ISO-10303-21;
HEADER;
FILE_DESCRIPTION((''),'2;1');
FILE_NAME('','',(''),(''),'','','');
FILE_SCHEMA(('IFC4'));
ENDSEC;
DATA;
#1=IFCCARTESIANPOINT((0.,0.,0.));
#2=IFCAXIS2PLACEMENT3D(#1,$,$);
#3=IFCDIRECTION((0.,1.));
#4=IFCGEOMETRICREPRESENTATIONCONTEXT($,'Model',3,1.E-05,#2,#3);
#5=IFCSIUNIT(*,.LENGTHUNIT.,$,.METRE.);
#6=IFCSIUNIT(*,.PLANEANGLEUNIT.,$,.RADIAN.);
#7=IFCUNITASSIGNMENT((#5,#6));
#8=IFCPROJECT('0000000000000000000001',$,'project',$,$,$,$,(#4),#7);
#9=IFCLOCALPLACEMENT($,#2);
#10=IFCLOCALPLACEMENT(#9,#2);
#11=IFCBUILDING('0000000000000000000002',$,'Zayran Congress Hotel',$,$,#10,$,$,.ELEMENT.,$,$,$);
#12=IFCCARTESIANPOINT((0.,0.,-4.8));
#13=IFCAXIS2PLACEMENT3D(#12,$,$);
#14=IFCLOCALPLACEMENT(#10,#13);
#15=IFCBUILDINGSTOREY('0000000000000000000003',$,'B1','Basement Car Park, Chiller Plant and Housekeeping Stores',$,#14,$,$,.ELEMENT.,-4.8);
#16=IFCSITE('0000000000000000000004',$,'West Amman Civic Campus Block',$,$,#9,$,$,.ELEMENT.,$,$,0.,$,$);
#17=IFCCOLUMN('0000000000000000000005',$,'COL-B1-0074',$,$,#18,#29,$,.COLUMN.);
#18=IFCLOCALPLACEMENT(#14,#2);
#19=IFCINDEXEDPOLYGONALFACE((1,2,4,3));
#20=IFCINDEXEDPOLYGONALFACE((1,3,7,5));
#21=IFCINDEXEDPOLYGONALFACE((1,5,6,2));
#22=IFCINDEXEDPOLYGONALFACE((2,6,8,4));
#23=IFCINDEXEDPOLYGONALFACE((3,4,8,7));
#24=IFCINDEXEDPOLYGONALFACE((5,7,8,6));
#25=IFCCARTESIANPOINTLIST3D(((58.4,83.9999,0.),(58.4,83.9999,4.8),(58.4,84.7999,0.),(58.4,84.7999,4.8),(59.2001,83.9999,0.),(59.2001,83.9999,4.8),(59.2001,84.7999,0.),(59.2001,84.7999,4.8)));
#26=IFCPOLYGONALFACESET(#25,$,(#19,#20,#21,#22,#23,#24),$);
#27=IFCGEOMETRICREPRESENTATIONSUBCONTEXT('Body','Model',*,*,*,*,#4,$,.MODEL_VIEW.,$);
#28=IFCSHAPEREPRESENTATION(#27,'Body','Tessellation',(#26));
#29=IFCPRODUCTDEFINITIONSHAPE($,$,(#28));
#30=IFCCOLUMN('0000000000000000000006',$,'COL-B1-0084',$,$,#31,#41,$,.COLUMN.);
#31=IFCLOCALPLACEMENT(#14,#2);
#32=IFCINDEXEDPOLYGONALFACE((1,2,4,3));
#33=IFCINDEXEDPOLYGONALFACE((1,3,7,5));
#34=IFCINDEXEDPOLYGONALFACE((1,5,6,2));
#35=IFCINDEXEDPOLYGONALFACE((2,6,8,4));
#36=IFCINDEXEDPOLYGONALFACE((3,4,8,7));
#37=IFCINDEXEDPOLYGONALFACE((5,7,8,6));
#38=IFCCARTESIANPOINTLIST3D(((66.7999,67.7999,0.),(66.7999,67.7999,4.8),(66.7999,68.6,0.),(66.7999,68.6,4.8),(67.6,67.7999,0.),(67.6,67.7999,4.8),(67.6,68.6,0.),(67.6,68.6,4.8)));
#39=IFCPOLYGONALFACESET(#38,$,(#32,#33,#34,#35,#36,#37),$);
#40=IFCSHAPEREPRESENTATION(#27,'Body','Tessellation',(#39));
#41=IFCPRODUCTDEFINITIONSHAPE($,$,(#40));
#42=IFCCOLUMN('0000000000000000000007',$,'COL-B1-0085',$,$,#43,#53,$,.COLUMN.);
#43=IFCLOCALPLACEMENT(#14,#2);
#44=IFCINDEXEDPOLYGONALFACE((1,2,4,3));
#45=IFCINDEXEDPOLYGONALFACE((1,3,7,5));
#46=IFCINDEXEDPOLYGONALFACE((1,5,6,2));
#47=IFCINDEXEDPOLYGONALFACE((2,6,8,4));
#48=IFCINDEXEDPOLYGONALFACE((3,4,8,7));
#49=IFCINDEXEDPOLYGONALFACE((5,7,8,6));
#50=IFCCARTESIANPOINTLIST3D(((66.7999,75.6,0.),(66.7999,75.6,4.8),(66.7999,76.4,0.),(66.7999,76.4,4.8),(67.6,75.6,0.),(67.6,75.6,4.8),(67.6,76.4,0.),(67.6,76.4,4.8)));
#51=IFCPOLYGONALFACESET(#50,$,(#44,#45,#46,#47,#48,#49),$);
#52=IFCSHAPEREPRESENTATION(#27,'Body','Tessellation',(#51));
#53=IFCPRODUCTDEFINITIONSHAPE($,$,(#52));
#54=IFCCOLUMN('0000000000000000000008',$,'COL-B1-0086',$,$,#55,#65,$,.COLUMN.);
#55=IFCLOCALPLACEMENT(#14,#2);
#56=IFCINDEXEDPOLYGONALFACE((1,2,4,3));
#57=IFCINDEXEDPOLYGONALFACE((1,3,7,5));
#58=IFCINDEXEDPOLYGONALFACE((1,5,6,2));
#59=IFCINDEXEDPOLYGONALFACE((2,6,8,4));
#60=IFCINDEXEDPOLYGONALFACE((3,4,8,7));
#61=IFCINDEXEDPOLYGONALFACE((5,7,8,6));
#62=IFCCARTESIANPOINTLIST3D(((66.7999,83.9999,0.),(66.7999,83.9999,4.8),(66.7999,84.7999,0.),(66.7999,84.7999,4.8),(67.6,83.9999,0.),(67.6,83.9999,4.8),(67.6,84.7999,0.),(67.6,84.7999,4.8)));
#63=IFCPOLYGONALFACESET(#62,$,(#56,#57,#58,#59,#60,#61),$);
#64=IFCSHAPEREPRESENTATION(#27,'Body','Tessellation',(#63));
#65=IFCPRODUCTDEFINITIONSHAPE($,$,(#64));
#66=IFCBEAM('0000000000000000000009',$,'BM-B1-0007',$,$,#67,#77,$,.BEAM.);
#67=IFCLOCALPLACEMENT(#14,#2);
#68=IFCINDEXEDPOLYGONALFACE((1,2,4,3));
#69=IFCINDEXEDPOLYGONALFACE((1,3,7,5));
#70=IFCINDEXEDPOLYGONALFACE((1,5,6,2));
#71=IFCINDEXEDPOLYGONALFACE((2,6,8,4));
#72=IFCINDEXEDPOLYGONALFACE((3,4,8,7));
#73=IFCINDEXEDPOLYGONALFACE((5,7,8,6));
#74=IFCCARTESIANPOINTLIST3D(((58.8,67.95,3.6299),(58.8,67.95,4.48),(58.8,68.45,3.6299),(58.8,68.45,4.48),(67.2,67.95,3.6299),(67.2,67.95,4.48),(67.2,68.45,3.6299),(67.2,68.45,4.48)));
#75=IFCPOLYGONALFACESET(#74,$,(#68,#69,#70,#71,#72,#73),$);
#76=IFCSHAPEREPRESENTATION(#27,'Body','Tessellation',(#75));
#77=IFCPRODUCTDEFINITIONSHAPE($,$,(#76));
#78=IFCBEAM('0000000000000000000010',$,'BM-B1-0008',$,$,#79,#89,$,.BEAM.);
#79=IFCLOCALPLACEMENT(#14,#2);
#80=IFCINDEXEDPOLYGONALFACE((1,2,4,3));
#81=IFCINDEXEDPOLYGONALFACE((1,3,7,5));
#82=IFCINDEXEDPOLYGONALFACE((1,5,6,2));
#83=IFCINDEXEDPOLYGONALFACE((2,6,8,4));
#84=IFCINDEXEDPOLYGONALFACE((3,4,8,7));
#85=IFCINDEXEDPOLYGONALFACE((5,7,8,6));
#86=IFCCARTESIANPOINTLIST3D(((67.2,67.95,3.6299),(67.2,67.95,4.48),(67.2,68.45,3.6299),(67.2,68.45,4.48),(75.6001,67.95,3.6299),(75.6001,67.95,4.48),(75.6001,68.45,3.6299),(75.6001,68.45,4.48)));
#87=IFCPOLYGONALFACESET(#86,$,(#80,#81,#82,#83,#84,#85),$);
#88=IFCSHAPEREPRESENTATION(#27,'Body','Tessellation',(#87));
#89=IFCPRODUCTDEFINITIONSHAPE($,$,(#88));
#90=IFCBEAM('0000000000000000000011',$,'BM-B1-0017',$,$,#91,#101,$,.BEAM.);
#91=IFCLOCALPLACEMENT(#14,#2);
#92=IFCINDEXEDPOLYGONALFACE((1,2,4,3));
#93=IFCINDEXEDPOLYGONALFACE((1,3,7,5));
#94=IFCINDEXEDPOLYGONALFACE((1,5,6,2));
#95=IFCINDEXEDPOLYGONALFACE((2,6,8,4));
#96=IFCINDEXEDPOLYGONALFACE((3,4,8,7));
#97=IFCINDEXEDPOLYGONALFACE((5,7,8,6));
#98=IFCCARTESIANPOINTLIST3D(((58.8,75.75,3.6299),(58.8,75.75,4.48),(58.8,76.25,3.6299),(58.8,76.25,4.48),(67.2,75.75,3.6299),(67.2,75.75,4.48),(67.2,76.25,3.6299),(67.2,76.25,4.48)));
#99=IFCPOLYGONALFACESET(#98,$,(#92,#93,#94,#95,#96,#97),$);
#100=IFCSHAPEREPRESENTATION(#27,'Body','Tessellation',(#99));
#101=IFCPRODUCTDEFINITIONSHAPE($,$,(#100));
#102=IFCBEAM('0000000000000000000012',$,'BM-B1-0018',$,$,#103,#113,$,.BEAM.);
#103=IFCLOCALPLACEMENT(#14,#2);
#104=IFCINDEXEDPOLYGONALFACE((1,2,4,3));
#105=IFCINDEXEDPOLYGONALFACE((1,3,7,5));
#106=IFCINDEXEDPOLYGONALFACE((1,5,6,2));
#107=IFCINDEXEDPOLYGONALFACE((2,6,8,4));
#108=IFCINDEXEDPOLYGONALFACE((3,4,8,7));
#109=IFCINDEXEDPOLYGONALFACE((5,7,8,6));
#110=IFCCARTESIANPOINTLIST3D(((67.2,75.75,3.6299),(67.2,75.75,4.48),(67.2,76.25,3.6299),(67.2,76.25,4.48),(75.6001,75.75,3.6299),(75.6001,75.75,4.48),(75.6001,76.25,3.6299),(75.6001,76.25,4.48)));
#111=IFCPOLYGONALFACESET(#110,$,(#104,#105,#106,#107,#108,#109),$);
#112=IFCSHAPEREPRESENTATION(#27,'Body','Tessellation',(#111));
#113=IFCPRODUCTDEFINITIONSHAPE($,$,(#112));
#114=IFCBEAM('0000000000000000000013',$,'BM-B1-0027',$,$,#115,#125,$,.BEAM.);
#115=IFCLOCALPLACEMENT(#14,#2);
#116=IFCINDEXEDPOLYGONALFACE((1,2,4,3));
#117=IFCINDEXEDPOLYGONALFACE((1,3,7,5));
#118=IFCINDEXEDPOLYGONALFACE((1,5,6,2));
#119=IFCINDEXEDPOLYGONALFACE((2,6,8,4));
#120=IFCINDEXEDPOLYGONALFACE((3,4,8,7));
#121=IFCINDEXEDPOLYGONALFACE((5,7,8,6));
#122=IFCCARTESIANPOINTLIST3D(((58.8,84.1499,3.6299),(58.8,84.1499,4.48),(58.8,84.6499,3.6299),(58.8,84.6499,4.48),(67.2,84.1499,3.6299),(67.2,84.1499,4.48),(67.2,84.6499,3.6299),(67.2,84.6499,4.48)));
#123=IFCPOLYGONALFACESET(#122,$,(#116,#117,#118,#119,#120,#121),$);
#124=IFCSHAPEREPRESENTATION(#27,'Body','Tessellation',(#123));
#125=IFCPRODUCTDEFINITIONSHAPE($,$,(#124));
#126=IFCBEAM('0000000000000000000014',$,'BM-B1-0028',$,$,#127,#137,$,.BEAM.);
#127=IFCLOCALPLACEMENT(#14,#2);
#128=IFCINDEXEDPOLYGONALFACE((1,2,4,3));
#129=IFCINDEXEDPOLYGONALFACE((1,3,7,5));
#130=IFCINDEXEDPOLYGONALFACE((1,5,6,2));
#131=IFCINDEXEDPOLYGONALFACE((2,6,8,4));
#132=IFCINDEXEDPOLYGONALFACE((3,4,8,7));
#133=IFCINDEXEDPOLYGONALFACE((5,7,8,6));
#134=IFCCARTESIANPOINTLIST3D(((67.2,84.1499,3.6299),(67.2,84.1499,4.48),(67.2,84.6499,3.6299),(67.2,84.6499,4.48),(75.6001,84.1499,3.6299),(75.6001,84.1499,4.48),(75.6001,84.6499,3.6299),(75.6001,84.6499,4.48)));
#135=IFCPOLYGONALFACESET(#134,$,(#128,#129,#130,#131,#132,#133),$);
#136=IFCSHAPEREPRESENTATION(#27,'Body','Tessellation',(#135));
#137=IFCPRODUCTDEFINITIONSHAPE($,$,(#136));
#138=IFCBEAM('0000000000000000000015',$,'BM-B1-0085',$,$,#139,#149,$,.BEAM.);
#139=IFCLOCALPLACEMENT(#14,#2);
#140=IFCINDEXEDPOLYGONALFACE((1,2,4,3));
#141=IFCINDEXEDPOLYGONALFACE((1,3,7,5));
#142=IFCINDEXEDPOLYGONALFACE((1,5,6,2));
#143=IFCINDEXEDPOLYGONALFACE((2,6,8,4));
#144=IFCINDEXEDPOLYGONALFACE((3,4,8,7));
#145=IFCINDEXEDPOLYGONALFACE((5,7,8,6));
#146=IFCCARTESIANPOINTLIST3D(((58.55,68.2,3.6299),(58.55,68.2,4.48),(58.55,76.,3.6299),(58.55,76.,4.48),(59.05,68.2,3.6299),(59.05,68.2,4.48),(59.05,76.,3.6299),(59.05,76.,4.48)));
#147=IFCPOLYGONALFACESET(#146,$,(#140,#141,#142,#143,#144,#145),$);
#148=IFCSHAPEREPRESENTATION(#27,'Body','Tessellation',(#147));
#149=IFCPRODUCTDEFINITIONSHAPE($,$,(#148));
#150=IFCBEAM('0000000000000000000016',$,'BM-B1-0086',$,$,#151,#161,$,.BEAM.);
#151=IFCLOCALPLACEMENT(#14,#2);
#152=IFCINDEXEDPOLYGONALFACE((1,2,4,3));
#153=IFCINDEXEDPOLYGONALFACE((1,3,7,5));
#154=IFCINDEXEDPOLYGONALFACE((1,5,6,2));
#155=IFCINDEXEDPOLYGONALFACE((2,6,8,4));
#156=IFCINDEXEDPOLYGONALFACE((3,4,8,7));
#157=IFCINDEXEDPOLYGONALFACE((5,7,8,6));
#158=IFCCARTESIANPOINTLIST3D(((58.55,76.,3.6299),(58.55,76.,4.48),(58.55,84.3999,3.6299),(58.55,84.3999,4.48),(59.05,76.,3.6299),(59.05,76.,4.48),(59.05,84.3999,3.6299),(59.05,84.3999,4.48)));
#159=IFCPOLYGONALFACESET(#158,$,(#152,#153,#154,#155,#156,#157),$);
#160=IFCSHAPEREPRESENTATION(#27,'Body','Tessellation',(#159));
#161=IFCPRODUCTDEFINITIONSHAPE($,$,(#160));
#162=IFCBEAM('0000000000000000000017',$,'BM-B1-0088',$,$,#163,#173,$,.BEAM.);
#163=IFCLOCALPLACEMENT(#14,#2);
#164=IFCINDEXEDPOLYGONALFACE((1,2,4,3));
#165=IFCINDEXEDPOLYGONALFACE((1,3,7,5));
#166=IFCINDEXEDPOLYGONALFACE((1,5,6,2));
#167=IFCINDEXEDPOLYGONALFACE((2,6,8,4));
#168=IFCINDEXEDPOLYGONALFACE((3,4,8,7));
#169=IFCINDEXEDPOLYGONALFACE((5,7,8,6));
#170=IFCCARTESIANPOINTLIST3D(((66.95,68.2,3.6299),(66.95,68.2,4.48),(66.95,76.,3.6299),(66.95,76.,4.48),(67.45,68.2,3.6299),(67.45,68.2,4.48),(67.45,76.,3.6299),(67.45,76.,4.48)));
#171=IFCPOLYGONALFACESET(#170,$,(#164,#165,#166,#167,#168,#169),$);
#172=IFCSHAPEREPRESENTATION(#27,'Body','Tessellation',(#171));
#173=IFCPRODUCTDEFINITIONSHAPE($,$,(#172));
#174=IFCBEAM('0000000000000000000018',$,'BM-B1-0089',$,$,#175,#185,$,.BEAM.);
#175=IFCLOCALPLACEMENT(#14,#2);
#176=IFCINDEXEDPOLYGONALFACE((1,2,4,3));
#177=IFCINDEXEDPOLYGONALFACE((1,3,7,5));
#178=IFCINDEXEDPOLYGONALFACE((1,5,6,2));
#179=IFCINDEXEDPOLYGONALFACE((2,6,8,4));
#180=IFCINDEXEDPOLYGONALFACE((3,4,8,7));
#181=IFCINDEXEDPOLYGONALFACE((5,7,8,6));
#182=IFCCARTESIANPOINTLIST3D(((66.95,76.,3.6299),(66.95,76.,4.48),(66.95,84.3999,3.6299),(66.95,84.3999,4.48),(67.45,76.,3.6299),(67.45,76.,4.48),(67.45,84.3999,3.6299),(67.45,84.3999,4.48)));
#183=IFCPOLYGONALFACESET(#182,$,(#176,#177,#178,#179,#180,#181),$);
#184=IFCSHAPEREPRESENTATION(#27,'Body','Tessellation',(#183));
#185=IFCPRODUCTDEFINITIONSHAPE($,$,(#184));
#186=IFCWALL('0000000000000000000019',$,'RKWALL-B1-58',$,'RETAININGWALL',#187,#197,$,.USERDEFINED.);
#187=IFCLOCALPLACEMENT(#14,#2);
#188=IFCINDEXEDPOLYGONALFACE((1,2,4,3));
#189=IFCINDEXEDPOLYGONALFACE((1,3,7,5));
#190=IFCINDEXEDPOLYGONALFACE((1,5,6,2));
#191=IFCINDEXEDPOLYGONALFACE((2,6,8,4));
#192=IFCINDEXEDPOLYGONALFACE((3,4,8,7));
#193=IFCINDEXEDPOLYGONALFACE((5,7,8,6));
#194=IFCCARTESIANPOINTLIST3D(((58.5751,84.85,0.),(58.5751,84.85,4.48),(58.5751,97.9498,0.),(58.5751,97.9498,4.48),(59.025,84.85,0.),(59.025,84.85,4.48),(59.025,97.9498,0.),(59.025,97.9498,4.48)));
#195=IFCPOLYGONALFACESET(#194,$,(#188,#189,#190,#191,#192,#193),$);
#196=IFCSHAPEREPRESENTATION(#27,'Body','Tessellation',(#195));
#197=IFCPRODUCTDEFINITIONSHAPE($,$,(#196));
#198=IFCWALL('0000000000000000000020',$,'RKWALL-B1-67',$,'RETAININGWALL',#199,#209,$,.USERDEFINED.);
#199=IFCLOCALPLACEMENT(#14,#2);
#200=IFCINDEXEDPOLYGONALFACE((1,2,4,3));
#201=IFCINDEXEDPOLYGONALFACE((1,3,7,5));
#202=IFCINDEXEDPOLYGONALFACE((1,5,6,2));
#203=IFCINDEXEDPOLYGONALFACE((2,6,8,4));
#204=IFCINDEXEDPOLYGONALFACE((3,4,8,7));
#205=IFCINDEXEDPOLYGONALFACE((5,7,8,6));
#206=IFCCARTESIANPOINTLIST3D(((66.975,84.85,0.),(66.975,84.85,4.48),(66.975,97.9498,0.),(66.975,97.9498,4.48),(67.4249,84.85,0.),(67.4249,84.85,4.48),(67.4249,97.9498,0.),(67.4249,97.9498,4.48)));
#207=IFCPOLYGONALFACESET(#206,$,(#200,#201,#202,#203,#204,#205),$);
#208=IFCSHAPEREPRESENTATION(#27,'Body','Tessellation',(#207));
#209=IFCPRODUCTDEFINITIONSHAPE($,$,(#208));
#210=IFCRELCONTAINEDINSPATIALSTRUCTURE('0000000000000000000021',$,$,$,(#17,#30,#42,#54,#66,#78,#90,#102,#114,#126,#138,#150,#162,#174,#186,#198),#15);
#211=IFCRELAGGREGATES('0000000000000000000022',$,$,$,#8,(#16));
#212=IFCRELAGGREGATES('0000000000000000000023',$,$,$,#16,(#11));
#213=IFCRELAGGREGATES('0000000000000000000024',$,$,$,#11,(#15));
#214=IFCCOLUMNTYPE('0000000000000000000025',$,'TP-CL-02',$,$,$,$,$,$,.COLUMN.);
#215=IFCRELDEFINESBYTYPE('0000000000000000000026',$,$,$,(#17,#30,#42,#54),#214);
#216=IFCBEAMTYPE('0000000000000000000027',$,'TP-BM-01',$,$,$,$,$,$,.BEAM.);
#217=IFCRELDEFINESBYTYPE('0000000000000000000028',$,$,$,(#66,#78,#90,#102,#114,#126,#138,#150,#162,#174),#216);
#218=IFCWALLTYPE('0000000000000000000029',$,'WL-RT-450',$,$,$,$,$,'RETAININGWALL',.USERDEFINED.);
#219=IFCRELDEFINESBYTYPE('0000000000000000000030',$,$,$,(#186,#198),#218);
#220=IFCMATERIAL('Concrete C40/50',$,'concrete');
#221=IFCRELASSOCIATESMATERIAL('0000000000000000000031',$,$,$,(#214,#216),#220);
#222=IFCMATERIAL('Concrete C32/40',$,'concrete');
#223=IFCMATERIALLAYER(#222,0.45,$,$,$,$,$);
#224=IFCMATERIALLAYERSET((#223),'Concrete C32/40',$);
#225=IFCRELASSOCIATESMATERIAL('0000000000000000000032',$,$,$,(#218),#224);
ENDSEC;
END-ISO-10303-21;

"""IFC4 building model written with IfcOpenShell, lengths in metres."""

from ifc_helpers import new_model, si_unit, direction, frame, frame_2d, origin, origin_2d, place, context, subcontext, project, spatial, rectangle, extrude, material, layer, layer_set, material_profile, profile_set, type_object, element, save


model = new_model("IFC4")

# Units and contexts
model_context = context("Model", 3, precision=1e-05, world=origin(), true_north=direction((0.0, 1.0)))
body_context = subcontext(model_context, "Body", "Model", "MODEL_VIEW")
ifc_project = project(units=[si_unit("LENGTHUNIT", "METRE"), si_unit("PLANEANGLEUNIT", "RADIAN")], contexts=[model_context])

# Site, building, storey
site_placement = place(None, origin())
site = spatial("IfcSite", under=ifc_project, at=site_placement, Name="West Amman Civic Campus Block", CompositionType="ELEMENT", RefElevation=0.0)
building_placement = place(site_placement, origin())
building = spatial("IfcBuilding", under=site, at=building_placement, Name="Zayran Congress Hotel", CompositionType="ELEMENT")
storey_placement = place(building_placement, frame((0.0, 0.0, -4.8)))
storey = spatial("IfcBuildingStorey", under=building, at=storey_placement, Name="B1", Description="Basement Car Park, Chiller Plant and Housekeeping Stores", CompositionType="ELEMENT", Elevation=-4.8)

# Shared definitions
ifc_material_1 = material(Name="Concrete C40/50", Category="concrete")

# Columns
ifc_material_profile_1 = material_profile(ifc_material_1, rectangle(XDim=0.8, YDim=0.8, at=origin_2d()), Name="RC 800x800")
ifc_profile_set_1 = profile_set([ifc_material_profile_1], Name="Concrete C40/50")
column_type = type_object("IfcColumnType", Name="TP-CL-02", PredefinedType="COLUMN", material=ifc_profile_set_1)
for number, where, z_axis, x_axis, name in (
    (1, (58.8, 84.3999, 0.0), (0.0, 0.0, 1.0), (1.0, 0.0, 0.0), "COL-B1-0074"),
    (2, (67.2, 68.2, 0.0), (0.0, 0.0, 1.0), (1.0, 0.0, 0.0), "COL-B1-0084"),
    (3, (67.2, 76.0, 0.0), (0.0, 0.0, 1.0), (1.0, 0.0, 0.0), "COL-B1-0085"),
    (4, (67.2, 84.3999, 0.0), (0.0, 0.0, 1.0), (1.0, 0.0, 0.0), "COL-B1-0086"),
):
    element("IfcColumn", number, at=place(storey_placement, frame(where, z_axis=z_axis, x_axis=x_axis)), inside=storey, type_object=column_type, Name=name, PredefinedType="COLUMN", context=body_context, shape_type="SweptSolid", body=[
        extrude(rectangle(XDim=0.8, YDim=0.8, at=origin_2d()), origin(), (0.0, 0.0, 1.0), 4.8),
    ])

# Beams
ifc_material_profile_2 = material_profile(ifc_material_1, rectangle(XDim=0.5, YDim=0.8501, at=origin_2d()), Name="RC 500x850")
ifc_profile_set_2 = profile_set([ifc_material_profile_2], Name="Concrete C40/50")
beam_type = type_object("IfcBeamType", Name="TP-BM-01", PredefinedType="BEAM", material=ifc_profile_set_2)
beam_1_placement = place(storey_placement, frame((58.8, 68.2, 4.0549), z_axis=(1.0, 0.0, 0.0), x_axis=(0.0, 1.0, 0.0)))
element("IfcBeam", 5, at=beam_1_placement, inside=storey, type_object=beam_type, Name="BM-B1-0007", PredefinedType="BEAM", context=body_context, shape_type="SweptSolid", body=[
    extrude(rectangle(XDim=0.5, YDim=0.8501, at=origin_2d()), origin(), (0.0, 0.0, 1.0), 8.3999),
])
beam_2_placement = place(storey_placement, frame((67.2, 68.2, 4.0549), z_axis=(1.0, 0.0, 0.0), x_axis=(0.0, 1.0, 0.0)))
element("IfcBeam", 6, at=beam_2_placement, inside=storey, type_object=beam_type, Name="BM-B1-0008", PredefinedType="BEAM", context=body_context, shape_type="SweptSolid", body=[
    extrude(rectangle(XDim=0.5, YDim=0.8501, at=origin_2d()), origin(), (0.0, 0.0, 1.0), 8.4001),
])
beam_3_placement = place(storey_placement, frame((58.8, 76.0, 4.0549), z_axis=(1.0, 0.0, 0.0), x_axis=(0.0, 1.0, 0.0)))
element("IfcBeam", 7, at=beam_3_placement, inside=storey, type_object=beam_type, Name="BM-B1-0017", PredefinedType="BEAM", context=body_context, shape_type="SweptSolid", body=[
    extrude(rectangle(XDim=0.5, YDim=0.8501, at=origin_2d()), origin(), (0.0, 0.0, 1.0), 8.3999),
])
beam_4_placement = place(storey_placement, frame((67.2, 76.0, 4.0549), z_axis=(1.0, 0.0, 0.0), x_axis=(0.0, 1.0, 0.0)))
element("IfcBeam", 8, at=beam_4_placement, inside=storey, type_object=beam_type, Name="BM-B1-0018", PredefinedType="BEAM", context=body_context, shape_type="SweptSolid", body=[
    extrude(rectangle(XDim=0.5, YDim=0.8501, at=origin_2d()), origin(), (0.0, 0.0, 1.0), 8.4001),
])
beam_5_placement = place(storey_placement, frame((58.8, 84.3999, 4.0549), z_axis=(1.0, 0.0, 0.0), x_axis=(0.0, 1.0, 0.0)))
element("IfcBeam", 9, at=beam_5_placement, inside=storey, type_object=beam_type, Name="BM-B1-0027", PredefinedType="BEAM", context=body_context, shape_type="SweptSolid", body=[
    extrude(rectangle(XDim=0.5, YDim=0.8501, at=origin_2d()), origin(), (0.0, 0.0, 1.0), 8.3999),
])
beam_6_placement = place(storey_placement, frame((67.2, 84.3999, 4.0549), z_axis=(1.0, 0.0, 0.0), x_axis=(0.0, 1.0, 0.0)))
element("IfcBeam", 10, at=beam_6_placement, inside=storey, type_object=beam_type, Name="BM-B1-0028", PredefinedType="BEAM", context=body_context, shape_type="SweptSolid", body=[
    extrude(rectangle(XDim=0.5, YDim=0.8501, at=origin_2d()), origin(), (0.0, 0.0, 1.0), 8.4001),
])
beam_7_placement = place(storey_placement, frame((58.8, 68.2, 4.0549), z_axis=(0.0, 1.0, 0.0), x_axis=(-1.0, 0.0, 0.0)))
element("IfcBeam", 11, at=beam_7_placement, inside=storey, type_object=beam_type, Name="BM-B1-0085", PredefinedType="BEAM", context=body_context, shape_type="SweptSolid", body=[
    extrude(rectangle(XDim=0.5, YDim=0.8501, at=origin_2d()), origin(), (0.0, 0.0, 1.0), 7.8),
])
beam_8_placement = place(storey_placement, frame((58.8, 76.0, 4.0549), z_axis=(0.0, 1.0, 0.0), x_axis=(-1.0, 0.0, 0.0)))
element("IfcBeam", 12, at=beam_8_placement, inside=storey, type_object=beam_type, Name="BM-B1-0086", PredefinedType="BEAM", context=body_context, shape_type="SweptSolid", body=[
    extrude(rectangle(XDim=0.5, YDim=0.8501, at=origin_2d()), origin(), (0.0, 0.0, 1.0), 8.3999),
])
beam_9_placement = place(storey_placement, frame((67.2, 68.2, 4.0549), z_axis=(0.0, 1.0, 0.0), x_axis=(-1.0, 0.0, 0.0)))
element("IfcBeam", 13, at=beam_9_placement, inside=storey, type_object=beam_type, Name="BM-B1-0088", PredefinedType="BEAM", context=body_context, shape_type="SweptSolid", body=[
    extrude(rectangle(XDim=0.5, YDim=0.8501, at=origin_2d()), origin(), (0.0, 0.0, 1.0), 7.8),
])
beam_10_placement = place(storey_placement, frame((67.2, 76.0, 4.0549), z_axis=(0.0, 1.0, 0.0), x_axis=(-1.0, 0.0, 0.0)))
element("IfcBeam", 14, at=beam_10_placement, inside=storey, type_object=beam_type, Name="BM-B1-0089", PredefinedType="BEAM", context=body_context, shape_type="SweptSolid", body=[
    extrude(rectangle(XDim=0.5, YDim=0.8501, at=origin_2d()), origin(), (0.0, 0.0, 1.0), 8.3999),
])

# Walls
ifc_material_2 = material(Name="Concrete C32/40", Category="concrete")
ifc_layer = layer(ifc_material_2, 0.45)
ifc_layer_set = layer_set([ifc_layer], Name="Concrete C32/40")
wall_type = type_object("IfcWallType", Name="WL-RT-450", ElementType="RETAININGWALL", PredefinedType="USERDEFINED", material=ifc_layer_set)
for number, where, z_axis, x_axis, name in (
    (15, (58.8, 84.8501, 0.0), (0.0, 0.0, 1.0), (0.0, 1.0, 0.0), "RKWALL-B1-58"),
    (16, (67.2, 84.8501, 0.0), (0.0, 0.0, 1.0), (0.0, 1.0, 0.0), "RKWALL-B1-67"),
):
    element("IfcWall", number, at=place(storey_placement, frame(where, z_axis=z_axis, x_axis=x_axis)), inside=storey, type_object=wall_type, Name=name, ObjectType="RETAININGWALL", PredefinedType="USERDEFINED", context=body_context, shape_type="SweptSolid", body=[
        extrude(rectangle(XDim=13.0999, YDim=0.45, at=frame_2d((6.5498, 0.0))), origin(), (0.0, 0.0, 1.0), 4.48),
    ])

save(model, "model.ifc")
